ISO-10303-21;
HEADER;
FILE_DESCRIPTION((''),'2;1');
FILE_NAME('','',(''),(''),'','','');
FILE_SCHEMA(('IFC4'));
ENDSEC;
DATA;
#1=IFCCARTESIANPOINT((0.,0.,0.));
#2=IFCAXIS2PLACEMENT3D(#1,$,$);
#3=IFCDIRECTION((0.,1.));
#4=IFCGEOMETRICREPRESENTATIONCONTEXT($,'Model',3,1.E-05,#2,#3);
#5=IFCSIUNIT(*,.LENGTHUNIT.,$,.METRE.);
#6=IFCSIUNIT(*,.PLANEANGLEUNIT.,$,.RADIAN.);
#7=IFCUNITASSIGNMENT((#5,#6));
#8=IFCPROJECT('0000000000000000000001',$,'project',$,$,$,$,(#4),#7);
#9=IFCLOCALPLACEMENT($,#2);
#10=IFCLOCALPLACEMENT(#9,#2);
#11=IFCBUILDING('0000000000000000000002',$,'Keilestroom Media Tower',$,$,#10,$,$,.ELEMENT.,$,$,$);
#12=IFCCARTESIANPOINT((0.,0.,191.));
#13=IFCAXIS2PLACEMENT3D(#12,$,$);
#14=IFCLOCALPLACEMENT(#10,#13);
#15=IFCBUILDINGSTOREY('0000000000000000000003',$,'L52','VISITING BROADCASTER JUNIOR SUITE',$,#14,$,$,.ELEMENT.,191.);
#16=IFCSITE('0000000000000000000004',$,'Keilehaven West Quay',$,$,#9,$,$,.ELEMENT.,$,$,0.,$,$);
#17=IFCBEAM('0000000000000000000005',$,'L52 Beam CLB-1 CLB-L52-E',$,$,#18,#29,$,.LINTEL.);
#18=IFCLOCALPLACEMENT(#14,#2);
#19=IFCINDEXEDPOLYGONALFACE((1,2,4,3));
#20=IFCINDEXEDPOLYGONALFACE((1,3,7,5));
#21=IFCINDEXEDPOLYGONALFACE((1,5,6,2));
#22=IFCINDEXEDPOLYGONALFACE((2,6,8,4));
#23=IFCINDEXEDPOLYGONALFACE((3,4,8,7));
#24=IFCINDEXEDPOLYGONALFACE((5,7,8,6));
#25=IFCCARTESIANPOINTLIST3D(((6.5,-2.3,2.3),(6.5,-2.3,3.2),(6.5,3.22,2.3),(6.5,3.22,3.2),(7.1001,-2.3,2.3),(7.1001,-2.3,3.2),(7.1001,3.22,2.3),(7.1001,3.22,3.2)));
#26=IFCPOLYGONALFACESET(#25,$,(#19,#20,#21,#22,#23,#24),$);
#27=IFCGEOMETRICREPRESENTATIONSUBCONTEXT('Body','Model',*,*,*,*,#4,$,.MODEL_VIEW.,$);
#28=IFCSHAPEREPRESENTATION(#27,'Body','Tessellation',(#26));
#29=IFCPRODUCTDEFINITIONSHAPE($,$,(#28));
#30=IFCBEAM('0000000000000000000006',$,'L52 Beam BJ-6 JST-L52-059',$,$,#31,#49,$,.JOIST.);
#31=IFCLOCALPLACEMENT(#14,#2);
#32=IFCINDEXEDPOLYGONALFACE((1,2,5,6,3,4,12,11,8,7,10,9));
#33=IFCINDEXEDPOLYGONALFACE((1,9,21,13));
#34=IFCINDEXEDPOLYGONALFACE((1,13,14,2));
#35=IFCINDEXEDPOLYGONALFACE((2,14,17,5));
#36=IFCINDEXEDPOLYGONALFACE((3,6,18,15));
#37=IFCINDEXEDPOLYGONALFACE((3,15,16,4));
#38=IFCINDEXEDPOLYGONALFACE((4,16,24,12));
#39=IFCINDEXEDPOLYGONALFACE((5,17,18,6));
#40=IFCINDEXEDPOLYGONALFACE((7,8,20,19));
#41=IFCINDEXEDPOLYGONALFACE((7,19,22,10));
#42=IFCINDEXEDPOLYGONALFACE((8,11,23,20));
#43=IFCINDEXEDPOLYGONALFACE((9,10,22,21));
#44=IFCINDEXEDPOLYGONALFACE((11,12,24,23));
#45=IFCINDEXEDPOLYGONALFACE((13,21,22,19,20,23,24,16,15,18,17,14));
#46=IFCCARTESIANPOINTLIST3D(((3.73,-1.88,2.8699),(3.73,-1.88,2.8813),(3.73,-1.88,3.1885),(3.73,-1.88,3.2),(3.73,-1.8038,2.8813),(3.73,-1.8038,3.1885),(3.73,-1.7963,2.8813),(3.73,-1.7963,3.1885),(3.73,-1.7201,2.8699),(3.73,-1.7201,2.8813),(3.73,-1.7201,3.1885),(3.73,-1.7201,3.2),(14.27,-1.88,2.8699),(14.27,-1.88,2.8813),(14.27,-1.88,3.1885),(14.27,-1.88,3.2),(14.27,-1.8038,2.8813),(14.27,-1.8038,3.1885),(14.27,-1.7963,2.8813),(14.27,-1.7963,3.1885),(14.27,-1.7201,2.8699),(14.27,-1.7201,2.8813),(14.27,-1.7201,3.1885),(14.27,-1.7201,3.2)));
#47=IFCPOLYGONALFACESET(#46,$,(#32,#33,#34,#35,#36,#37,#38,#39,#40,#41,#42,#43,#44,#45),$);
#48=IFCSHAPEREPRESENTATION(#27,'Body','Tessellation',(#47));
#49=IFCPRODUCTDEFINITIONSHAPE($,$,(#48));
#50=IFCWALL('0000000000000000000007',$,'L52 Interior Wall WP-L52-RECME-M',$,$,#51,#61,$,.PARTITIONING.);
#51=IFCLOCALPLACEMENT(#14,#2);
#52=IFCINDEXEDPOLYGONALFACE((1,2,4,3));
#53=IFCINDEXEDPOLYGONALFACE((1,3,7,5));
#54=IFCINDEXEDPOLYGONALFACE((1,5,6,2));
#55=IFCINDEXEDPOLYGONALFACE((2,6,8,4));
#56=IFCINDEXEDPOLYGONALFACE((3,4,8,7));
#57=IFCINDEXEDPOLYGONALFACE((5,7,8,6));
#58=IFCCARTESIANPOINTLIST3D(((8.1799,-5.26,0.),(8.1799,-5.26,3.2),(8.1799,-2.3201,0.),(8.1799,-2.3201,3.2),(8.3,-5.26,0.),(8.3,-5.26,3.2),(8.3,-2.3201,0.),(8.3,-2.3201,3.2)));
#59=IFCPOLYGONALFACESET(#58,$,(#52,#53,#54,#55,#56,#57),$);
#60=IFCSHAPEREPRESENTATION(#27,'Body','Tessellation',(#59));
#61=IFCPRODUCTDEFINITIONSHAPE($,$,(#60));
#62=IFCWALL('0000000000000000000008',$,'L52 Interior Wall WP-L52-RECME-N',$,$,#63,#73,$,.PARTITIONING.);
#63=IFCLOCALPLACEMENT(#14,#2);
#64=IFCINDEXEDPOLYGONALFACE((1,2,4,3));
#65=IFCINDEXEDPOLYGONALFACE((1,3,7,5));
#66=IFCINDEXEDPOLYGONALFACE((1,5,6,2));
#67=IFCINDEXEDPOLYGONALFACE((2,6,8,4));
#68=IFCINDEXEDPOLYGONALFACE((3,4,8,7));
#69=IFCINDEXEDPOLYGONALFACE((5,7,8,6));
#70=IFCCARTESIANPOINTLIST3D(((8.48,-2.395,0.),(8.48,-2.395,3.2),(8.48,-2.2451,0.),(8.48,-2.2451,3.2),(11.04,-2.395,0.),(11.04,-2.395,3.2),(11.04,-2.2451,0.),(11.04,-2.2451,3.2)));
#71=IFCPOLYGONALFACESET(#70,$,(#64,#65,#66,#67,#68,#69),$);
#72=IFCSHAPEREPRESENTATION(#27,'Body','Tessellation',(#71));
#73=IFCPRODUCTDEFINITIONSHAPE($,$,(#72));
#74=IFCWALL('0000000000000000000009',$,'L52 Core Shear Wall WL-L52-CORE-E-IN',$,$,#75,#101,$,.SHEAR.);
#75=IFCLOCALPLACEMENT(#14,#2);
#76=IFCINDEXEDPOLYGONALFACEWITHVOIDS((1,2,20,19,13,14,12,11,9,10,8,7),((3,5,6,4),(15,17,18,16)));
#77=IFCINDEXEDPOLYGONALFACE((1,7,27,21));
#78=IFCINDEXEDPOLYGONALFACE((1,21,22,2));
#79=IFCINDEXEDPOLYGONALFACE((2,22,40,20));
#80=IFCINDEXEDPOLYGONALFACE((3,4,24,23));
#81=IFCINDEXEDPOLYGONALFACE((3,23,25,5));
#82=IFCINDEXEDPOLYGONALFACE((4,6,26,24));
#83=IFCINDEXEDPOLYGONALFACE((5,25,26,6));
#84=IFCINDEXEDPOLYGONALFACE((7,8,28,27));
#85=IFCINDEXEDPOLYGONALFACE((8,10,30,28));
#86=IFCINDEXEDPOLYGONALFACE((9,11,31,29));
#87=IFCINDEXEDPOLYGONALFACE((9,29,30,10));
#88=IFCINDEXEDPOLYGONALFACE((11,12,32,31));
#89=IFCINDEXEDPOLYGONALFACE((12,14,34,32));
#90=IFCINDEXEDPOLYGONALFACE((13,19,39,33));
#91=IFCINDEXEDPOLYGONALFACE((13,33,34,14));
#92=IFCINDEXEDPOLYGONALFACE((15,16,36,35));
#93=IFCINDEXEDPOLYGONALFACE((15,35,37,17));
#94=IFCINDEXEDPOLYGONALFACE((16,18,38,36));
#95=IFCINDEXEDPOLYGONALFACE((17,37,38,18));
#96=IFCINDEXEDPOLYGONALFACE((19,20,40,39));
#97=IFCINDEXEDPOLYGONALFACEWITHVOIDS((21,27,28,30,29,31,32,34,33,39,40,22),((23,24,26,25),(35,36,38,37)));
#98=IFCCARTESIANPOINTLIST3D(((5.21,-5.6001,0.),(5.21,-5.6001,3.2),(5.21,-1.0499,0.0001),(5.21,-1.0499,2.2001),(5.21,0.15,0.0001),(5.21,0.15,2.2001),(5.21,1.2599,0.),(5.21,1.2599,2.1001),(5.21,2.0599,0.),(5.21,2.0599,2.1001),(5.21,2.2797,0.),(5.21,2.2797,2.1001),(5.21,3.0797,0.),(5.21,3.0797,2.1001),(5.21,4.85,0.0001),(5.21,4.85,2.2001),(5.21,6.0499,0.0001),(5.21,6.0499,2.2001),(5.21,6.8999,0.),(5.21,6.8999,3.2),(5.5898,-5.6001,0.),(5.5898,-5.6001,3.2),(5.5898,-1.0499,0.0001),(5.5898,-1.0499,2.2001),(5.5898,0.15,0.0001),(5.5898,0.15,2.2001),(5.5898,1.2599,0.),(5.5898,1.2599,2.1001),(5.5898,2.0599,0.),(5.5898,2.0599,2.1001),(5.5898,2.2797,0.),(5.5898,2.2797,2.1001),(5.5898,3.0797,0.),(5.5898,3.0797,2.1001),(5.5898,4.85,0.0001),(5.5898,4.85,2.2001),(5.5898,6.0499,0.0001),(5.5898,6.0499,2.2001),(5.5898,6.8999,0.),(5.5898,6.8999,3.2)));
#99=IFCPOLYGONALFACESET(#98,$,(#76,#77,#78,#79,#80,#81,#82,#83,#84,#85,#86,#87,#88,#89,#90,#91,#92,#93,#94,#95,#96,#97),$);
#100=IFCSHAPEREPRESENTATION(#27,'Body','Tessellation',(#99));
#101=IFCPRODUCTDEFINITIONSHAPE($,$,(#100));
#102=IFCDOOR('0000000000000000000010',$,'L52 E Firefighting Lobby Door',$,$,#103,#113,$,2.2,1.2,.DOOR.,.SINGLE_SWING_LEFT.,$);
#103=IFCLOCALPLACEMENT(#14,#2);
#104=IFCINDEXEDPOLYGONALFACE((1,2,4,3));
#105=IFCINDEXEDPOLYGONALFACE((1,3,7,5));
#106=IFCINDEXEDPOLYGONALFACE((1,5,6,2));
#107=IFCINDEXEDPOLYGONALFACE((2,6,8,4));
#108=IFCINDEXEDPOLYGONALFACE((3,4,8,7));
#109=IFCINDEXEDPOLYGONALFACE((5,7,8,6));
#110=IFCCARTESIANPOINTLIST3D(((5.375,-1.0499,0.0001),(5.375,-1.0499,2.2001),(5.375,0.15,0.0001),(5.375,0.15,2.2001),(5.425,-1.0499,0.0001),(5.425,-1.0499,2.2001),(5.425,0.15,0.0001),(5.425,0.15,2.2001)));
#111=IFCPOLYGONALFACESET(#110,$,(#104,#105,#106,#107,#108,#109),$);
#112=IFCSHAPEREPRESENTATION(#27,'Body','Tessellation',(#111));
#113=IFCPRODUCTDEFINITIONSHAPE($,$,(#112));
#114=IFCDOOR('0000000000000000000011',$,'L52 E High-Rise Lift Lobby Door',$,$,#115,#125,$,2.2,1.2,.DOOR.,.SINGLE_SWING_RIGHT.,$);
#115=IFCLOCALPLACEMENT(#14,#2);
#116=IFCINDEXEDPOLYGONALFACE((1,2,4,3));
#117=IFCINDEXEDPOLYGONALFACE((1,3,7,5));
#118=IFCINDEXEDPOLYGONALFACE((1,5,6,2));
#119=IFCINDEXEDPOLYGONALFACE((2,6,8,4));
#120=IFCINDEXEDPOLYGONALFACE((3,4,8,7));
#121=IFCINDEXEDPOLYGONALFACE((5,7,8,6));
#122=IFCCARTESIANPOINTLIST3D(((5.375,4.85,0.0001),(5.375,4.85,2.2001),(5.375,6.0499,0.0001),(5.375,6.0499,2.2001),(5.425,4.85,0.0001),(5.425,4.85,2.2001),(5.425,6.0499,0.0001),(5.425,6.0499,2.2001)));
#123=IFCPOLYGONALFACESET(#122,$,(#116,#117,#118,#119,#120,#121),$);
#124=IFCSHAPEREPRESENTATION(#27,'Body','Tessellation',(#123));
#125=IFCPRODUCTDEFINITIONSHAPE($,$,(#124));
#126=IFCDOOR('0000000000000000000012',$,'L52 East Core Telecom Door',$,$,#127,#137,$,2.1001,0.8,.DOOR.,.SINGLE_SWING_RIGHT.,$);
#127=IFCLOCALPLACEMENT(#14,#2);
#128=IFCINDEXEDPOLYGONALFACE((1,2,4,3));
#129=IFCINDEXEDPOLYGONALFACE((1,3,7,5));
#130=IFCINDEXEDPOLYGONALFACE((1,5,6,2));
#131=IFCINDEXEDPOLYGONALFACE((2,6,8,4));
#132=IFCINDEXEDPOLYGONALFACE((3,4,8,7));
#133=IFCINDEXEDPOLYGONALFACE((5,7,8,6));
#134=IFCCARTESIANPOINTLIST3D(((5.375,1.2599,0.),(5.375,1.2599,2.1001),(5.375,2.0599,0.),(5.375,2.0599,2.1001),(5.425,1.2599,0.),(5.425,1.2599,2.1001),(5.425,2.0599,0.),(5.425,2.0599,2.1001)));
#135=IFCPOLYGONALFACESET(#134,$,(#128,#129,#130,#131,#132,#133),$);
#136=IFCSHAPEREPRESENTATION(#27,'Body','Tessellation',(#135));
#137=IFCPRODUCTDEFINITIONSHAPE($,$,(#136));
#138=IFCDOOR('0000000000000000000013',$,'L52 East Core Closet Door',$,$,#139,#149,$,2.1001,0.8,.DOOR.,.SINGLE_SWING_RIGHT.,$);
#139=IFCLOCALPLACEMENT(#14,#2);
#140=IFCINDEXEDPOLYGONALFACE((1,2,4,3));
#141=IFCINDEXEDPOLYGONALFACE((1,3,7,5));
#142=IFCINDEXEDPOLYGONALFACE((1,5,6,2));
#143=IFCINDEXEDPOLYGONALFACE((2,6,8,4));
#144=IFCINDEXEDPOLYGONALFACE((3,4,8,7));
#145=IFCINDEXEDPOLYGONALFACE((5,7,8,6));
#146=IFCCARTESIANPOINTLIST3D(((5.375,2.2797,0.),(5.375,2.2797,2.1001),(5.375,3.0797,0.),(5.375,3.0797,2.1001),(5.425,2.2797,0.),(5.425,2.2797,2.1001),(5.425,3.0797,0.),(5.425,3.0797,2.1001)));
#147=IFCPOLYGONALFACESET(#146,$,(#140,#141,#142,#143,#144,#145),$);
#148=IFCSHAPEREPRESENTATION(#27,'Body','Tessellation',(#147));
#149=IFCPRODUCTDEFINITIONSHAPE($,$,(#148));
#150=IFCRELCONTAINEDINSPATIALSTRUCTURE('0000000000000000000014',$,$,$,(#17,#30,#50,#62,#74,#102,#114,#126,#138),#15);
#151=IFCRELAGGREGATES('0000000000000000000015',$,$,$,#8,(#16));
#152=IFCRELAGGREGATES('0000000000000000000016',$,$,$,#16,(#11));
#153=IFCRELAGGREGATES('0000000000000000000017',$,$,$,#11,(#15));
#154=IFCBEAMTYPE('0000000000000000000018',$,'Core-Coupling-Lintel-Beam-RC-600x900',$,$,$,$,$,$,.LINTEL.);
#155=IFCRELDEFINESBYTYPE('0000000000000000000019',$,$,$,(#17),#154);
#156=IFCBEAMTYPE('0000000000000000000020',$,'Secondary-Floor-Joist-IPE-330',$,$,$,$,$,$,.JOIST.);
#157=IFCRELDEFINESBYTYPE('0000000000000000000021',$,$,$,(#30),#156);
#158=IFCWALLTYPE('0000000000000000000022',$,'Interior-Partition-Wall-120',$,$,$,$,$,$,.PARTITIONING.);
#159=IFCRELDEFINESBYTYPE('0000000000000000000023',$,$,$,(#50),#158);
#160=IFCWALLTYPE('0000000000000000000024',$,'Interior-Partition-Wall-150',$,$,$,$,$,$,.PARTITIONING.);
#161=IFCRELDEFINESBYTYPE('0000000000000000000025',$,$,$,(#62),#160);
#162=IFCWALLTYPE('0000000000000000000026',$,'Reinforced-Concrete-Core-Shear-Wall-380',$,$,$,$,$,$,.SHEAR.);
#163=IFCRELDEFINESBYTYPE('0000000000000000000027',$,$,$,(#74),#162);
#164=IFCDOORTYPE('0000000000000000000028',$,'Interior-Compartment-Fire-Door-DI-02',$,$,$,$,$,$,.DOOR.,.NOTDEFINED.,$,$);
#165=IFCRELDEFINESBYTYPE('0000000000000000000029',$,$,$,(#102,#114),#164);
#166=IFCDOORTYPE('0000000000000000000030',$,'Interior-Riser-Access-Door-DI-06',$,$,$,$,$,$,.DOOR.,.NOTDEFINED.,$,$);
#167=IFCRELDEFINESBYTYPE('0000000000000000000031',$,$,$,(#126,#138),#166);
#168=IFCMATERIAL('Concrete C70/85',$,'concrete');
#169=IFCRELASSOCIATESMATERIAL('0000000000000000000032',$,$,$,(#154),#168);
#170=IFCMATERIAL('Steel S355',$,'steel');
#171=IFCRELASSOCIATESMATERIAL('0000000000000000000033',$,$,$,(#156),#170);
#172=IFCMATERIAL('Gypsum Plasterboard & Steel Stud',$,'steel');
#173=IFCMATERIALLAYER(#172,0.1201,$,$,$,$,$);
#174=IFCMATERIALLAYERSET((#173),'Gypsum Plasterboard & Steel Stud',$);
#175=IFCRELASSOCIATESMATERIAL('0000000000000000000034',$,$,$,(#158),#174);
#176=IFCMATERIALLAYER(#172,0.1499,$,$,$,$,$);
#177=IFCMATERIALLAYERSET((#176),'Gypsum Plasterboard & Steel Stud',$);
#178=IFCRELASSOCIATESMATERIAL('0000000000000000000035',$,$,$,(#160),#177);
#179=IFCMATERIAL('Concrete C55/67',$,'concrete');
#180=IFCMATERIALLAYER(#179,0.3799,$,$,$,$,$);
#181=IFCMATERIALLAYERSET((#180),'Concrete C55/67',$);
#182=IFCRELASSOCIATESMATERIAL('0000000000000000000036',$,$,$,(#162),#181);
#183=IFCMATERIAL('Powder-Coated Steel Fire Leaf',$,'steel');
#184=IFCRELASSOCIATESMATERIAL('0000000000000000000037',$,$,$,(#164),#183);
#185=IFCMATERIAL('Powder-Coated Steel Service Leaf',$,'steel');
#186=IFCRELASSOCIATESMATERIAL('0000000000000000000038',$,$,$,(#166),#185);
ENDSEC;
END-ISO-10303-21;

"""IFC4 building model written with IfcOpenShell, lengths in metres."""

from ifc_helpers import new_model, si_unit, direction, frame, frame_2d, origin, origin_2d, place, context, subcontext, project, spatial, rectangle, i_section, extrude, source, transform, mapped, material, layer, layer_set, material_profile, profile_set, type_object, element, fill, save


model = new_model("IFC4")

# Units and contexts
model_context = context("Model", 3, precision=1e-05, world=origin(), true_north=direction((0.0, 1.0)))
body_context = subcontext(model_context, "Body", "Model", "MODEL_VIEW")
ifc_project = project(units=[si_unit("LENGTHUNIT", "METRE"), si_unit("PLANEANGLEUNIT", "RADIAN")], contexts=[model_context])

# Site, building, storey
site_placement = place(None, origin())
site = spatial("IfcSite", under=ifc_project, at=site_placement, Name="Keilehaven West Quay", CompositionType="ELEMENT", RefElevation=0.0)
building_placement = place(site_placement, origin())
building = spatial("IfcBuilding", under=site, at=building_placement, Name="Keilestroom Media Tower", CompositionType="ELEMENT")
storey_placement = place(building_placement, frame((0.0, 0.0, 191.0)))
storey = spatial("IfcBuildingStorey", under=building, at=storey_placement, Name="L52", Description="VISITING BROADCASTER JUNIOR SUITE", CompositionType="ELEMENT", Elevation=191.0)

# Beams
ifc_material_1 = material(Name="Concrete C70/85", Category="concrete")
ifc_material_profile_1 = material_profile(ifc_material_1, rectangle(XDim=0.6001, YDim=0.8999, at=origin_2d()), Name="RC 600x900")
ifc_profile_set_1 = profile_set([ifc_material_profile_1], Name="Concrete C70/85")
beam_type_1 = type_object("IfcBeamType", Name="Core-Coupling-Lintel-Beam-RC-600x900", PredefinedType="LINTEL", material=ifc_profile_set_1)
shared_shape_1 = source(origin(), body_context, "Body", "SweptSolid", [
    extrude(rectangle(XDim=0.6001, YDim=0.8999, at=origin_2d()), origin(), (0.0, 0.0, 1.0), 5.52),
])
beam_1_placement = place(storey_placement, frame((6.8, -2.3, 2.75), z_axis=(0.0, 1.0, 0.0), x_axis=(-1.0, 0.0, 0.0)))
element("IfcBeam", 1, at=beam_1_placement, inside=storey, type_object=beam_type_1, Name="L52 Beam CLB-1 CLB-L52-E", PredefinedType="LINTEL", context=body_context, shape_type="MappedRepresentation", body=[
    mapped(shared_shape_1, transform((0.0, 0.0, 0.0), x_axis=(1.0, 0.0, 0.0), y_axis=(0.0, 1.0, 0.0), z_axis=(0.0, 0.0, 1.0), scale=1.0)),
])
ifc_material_2 = material(Name="Steel S355", Category="steel")
ifc_material_profile_2 = material_profile(ifc_material_2, i_section(OverallWidth=0.1599, OverallDepth=0.3301, WebThickness=0.0076, FlangeThickness=0.0115, at=origin_2d()), Name="IPE 330")
ifc_profile_set_2 = profile_set([ifc_material_profile_2], Name="Steel S355")
beam_type_2 = type_object("IfcBeamType", Name="Secondary-Floor-Joist-IPE-330", PredefinedType="JOIST", material=ifc_profile_set_2)
shared_shape_2 = source(origin(), body_context, "Body", "SweptSolid", [
    extrude(i_section(OverallWidth=0.1599, OverallDepth=0.3301, WebThickness=0.0076, FlangeThickness=0.0115, at=origin_2d()), origin(), (0.0, 0.0, 1.0), 10.54),
])
beam_2_placement = place(storey_placement, frame((3.73, -1.8, 3.0349), z_axis=(1.0, 0.0, 0.0), x_axis=(0.0, 1.0, 0.0)))
element("IfcBeam", 2, at=beam_2_placement, inside=storey, type_object=beam_type_2, Name="L52 Beam BJ-6 JST-L52-059", PredefinedType="JOIST", context=body_context, shape_type="MappedRepresentation", body=[
    mapped(shared_shape_2, transform((0.0, 0.0, 0.0), x_axis=(1.0, 0.0, 0.0), y_axis=(0.0, 1.0, 0.0), z_axis=(0.0, 0.0, 1.0), scale=1.0)),
])

# Walls
ifc_material_3 = material(Name="Gypsum Plasterboard & Steel Stud", Category="steel")
ifc_layer_1 = layer(ifc_material_3, 0.1201)
ifc_layer_set_1 = layer_set([ifc_layer_1], Name="Gypsum Plasterboard & Steel Stud")
wall_type_1 = type_object("IfcWallType", Name="Interior-Partition-Wall-120", PredefinedType="PARTITIONING", material=ifc_layer_set_1)
wall_1_placement = place(storey_placement, frame((8.24, -5.26, 0.0), z_axis=(0.0, 0.0, 1.0), x_axis=(0.0, 1.0, 0.0)))
element("IfcWall", 3, at=wall_1_placement, inside=storey, type_object=wall_type_1, Name="L52 Interior Wall WP-L52-RECME-M", PredefinedType="PARTITIONING", context=body_context, shape_type="SweptSolid", body=[
    extrude(rectangle(XDim=2.9399, YDim=0.1201, at=frame_2d((1.47, 0.0))), origin(), (0.0, 0.0, 1.0), 3.2),
])
ifc_layer_2 = layer(ifc_material_3, 0.1499)
ifc_layer_set_2 = layer_set([ifc_layer_2], Name="Gypsum Plasterboard & Steel Stud")
wall_type_2 = type_object("IfcWallType", Name="Interior-Partition-Wall-150", PredefinedType="PARTITIONING", material=ifc_layer_set_2)
wall_2_placement = place(storey_placement, frame((8.48, -2.3201, 0.0), z_axis=(0.0, 0.0, 1.0), x_axis=(1.0, 0.0, 0.0)))
element("IfcWall", 4, at=wall_2_placement, inside=storey, type_object=wall_type_2, Name="L52 Interior Wall WP-L52-RECME-N", PredefinedType="PARTITIONING", context=body_context, shape_type="SweptSolid", body=[
    extrude(rectangle(XDim=2.5601, YDim=0.1499, at=frame_2d((1.28, 0.0))), origin(), (0.0, 0.0, 1.0), 3.2),
])

# Wall, openings, doors
ifc_material_4 = material(Name="Concrete C55/67", Category="concrete")
ifc_layer_3 = layer(ifc_material_4, 0.3799)
ifc_layer_set_3 = layer_set([ifc_layer_3], Name="Concrete C55/67")
wall_type_3 = type_object("IfcWallType", Name="Reinforced-Concrete-Core-Shear-Wall-380", PredefinedType="SHEAR", material=ifc_layer_set_3)
wall_3_placement = place(storey_placement, frame((5.3999, -5.6001, 0.0), z_axis=(0.0, 0.0, 1.0), x_axis=(0.0, 1.0, 0.0)))
wall_3 = element("IfcWall", 5, at=wall_3_placement, inside=storey, type_object=wall_type_3, Name="L52 Core Shear Wall WL-L52-CORE-E-IN", PredefinedType="SHEAR", context=body_context, shape_type="SweptSolid", body=[
    extrude(rectangle(XDim=12.5, YDim=0.3799, at=frame_2d((6.25, 0.0))), origin(), (0.0, 0.0, 1.0), 3.2),
])
opening_1_placement = place(wall_3_placement, frame((4.55, 0.0, 0.0)))
opening_1 = element("IfcOpeningElement", 6, at=opening_1_placement, cuts=wall_3, PredefinedType="OPENING", context=body_context, shape_type="SweptSolid", body=[
    extrude(rectangle(XDim=1.2, YDim=2.2, at=frame_2d((0.6001, 1.1001))), frame((0.0, 0.2, 0.0), z_axis=(0.0, -1.0, 0.0), x_axis=(1.0, 0.0, 0.0)), (0.0, 0.0, 1.0), 0.3999),
])
opening_2_placement = place(wall_3_placement, frame((10.45, 0.0, 0.0)))
opening_2 = element("IfcOpeningElement", 7, at=opening_2_placement, cuts=wall_3, PredefinedType="OPENING", context=body_context, shape_type="SweptSolid", body=[
    extrude(rectangle(XDim=1.2, YDim=2.2, at=frame_2d((0.6001, 1.1001))), frame((0.0, 0.2, 0.0), z_axis=(0.0, -1.0, 0.0), x_axis=(1.0, 0.0, 0.0)), (0.0, 0.0, 1.0), 0.3999),
])
opening_3_placement = place(wall_3_placement, frame((6.8601, 0.0, 0.0)))
opening_3 = element("IfcOpeningElement", 8, at=opening_3_placement, cuts=wall_3, PredefinedType="OPENING", context=body_context, shape_type="SweptSolid", body=[
    extrude(rectangle(XDim=0.8, YDim=2.1001, at=frame_2d((0.3999, 1.05))), frame((0.0, 0.2, 0.0), z_axis=(0.0, -1.0, 0.0), x_axis=(1.0, 0.0, 0.0)), (0.0, 0.0, 1.0), 0.3999),
])
opening_4_placement = place(wall_3_placement, frame((7.8799, 0.0, 0.0)))
opening_4 = element("IfcOpeningElement", 9, at=opening_4_placement, cuts=wall_3, PredefinedType="OPENING", context=body_context, shape_type="SweptSolid", body=[
    extrude(rectangle(XDim=0.8, YDim=2.1001, at=frame_2d((0.3999, 1.05))), frame((0.0, 0.2, 0.0), z_axis=(0.0, -1.0, 0.0), x_axis=(1.0, 0.0, 0.0)), (0.0, 0.0, 1.0), 0.3999),
])
ifc_material_5 = material(Name="Powder-Coated Steel Fire Leaf", Category="steel")
door_type_1 = type_object("IfcDoorType", Name="Interior-Compartment-Fire-Door-DI-02", OperationType="NOTDEFINED", PredefinedType="DOOR", material=ifc_material_5)
shared_shape_3 = source(origin(), body_context, "Body", "SweptSolid", [
    extrude(rectangle(XDim=1.2, YDim=2.2, at=frame_2d((0.6001, 1.1001))), frame((0.0, 0.0249, 0.0), z_axis=(0.0, -1.0, 0.0), x_axis=(1.0, 0.0, 0.0)), (0.0, 0.0, 1.0), 0.05),
])
door_1_placement = place(opening_1_placement, origin())
door_1 = element("IfcDoor", 10, at=door_1_placement, inside=storey, type_object=door_type_1, Name="L52 E Firefighting Lobby Door", OperationType="SINGLE_SWING_LEFT", OverallHeight=2.2, OverallWidth=1.2, PredefinedType="DOOR", context=body_context, shape_type="MappedRepresentation", body=[
    mapped(shared_shape_3, transform((0.0, 0.0, 0.0), x_axis=(1.0, 0.0, 0.0), y_axis=(0.0, 1.0, 0.0), z_axis=(0.0, 0.0, 1.0), scale=1.0)),
])
fill(opening_1, door_1)
door_2_placement = place(opening_2_placement, origin())
door_2 = element("IfcDoor", 11, at=door_2_placement, inside=storey, type_object=door_type_1, Name="L52 E High-Rise Lift Lobby Door", OperationType="SINGLE_SWING_RIGHT", OverallHeight=2.2, OverallWidth=1.2, PredefinedType="DOOR", context=body_context, shape_type="MappedRepresentation", body=[
    mapped(shared_shape_3, transform((0.0, 0.0, 0.0), x_axis=(1.0, 0.0, 0.0), y_axis=(0.0, 1.0, 0.0), z_axis=(0.0, 0.0, 1.0), scale=1.0)),
])
fill(opening_2, door_2)
ifc_material_6 = material(Name="Powder-Coated Steel Service Leaf", Category="steel")
door_type_2 = type_object("IfcDoorType", Name="Interior-Riser-Access-Door-DI-06", OperationType="NOTDEFINED", PredefinedType="DOOR", material=ifc_material_6)
shared_shape_4 = source(origin(), body_context, "Body", "SweptSolid", [
    extrude(rectangle(XDim=0.8, YDim=2.1001, at=frame_2d((0.3999, 1.05))), frame((0.0, 0.0249, 0.0), z_axis=(0.0, -1.0, 0.0), x_axis=(1.0, 0.0, 0.0)), (0.0, 0.0, 1.0), 0.05),
])
door_3_placement = place(opening_3_placement, origin())
door_3 = element("IfcDoor", 12, at=door_3_placement, inside=storey, type_object=door_type_2, Name="L52 East Core Telecom Door", OperationType="SINGLE_SWING_RIGHT", OverallHeight=2.1001, OverallWidth=0.8, PredefinedType="DOOR", context=body_context, shape_type="MappedRepresentation", body=[
    mapped(shared_shape_4, transform((0.0, 0.0, 0.0), x_axis=(1.0, 0.0, 0.0), y_axis=(0.0, 1.0, 0.0), z_axis=(0.0, 0.0, 1.0), scale=1.0)),
])
fill(opening_3, door_3)
door_4_placement = place(opening_4_placement, origin())
door_4 = element("IfcDoor", 13, at=door_4_placement, inside=storey, type_object=door_type_2, Name="L52 East Core Closet Door", OperationType="SINGLE_SWING_RIGHT", OverallHeight=2.1001, OverallWidth=0.8, PredefinedType="DOOR", context=body_context, shape_type="MappedRepresentation", body=[
    mapped(shared_shape_4, transform((0.0, 0.0, 0.0), x_axis=(1.0, 0.0, 0.0), y_axis=(0.0, 1.0, 0.0), z_axis=(0.0, 0.0, 1.0), scale=1.0)),
])
fill(opening_4, door_4)

save(model, "model.ifc")
